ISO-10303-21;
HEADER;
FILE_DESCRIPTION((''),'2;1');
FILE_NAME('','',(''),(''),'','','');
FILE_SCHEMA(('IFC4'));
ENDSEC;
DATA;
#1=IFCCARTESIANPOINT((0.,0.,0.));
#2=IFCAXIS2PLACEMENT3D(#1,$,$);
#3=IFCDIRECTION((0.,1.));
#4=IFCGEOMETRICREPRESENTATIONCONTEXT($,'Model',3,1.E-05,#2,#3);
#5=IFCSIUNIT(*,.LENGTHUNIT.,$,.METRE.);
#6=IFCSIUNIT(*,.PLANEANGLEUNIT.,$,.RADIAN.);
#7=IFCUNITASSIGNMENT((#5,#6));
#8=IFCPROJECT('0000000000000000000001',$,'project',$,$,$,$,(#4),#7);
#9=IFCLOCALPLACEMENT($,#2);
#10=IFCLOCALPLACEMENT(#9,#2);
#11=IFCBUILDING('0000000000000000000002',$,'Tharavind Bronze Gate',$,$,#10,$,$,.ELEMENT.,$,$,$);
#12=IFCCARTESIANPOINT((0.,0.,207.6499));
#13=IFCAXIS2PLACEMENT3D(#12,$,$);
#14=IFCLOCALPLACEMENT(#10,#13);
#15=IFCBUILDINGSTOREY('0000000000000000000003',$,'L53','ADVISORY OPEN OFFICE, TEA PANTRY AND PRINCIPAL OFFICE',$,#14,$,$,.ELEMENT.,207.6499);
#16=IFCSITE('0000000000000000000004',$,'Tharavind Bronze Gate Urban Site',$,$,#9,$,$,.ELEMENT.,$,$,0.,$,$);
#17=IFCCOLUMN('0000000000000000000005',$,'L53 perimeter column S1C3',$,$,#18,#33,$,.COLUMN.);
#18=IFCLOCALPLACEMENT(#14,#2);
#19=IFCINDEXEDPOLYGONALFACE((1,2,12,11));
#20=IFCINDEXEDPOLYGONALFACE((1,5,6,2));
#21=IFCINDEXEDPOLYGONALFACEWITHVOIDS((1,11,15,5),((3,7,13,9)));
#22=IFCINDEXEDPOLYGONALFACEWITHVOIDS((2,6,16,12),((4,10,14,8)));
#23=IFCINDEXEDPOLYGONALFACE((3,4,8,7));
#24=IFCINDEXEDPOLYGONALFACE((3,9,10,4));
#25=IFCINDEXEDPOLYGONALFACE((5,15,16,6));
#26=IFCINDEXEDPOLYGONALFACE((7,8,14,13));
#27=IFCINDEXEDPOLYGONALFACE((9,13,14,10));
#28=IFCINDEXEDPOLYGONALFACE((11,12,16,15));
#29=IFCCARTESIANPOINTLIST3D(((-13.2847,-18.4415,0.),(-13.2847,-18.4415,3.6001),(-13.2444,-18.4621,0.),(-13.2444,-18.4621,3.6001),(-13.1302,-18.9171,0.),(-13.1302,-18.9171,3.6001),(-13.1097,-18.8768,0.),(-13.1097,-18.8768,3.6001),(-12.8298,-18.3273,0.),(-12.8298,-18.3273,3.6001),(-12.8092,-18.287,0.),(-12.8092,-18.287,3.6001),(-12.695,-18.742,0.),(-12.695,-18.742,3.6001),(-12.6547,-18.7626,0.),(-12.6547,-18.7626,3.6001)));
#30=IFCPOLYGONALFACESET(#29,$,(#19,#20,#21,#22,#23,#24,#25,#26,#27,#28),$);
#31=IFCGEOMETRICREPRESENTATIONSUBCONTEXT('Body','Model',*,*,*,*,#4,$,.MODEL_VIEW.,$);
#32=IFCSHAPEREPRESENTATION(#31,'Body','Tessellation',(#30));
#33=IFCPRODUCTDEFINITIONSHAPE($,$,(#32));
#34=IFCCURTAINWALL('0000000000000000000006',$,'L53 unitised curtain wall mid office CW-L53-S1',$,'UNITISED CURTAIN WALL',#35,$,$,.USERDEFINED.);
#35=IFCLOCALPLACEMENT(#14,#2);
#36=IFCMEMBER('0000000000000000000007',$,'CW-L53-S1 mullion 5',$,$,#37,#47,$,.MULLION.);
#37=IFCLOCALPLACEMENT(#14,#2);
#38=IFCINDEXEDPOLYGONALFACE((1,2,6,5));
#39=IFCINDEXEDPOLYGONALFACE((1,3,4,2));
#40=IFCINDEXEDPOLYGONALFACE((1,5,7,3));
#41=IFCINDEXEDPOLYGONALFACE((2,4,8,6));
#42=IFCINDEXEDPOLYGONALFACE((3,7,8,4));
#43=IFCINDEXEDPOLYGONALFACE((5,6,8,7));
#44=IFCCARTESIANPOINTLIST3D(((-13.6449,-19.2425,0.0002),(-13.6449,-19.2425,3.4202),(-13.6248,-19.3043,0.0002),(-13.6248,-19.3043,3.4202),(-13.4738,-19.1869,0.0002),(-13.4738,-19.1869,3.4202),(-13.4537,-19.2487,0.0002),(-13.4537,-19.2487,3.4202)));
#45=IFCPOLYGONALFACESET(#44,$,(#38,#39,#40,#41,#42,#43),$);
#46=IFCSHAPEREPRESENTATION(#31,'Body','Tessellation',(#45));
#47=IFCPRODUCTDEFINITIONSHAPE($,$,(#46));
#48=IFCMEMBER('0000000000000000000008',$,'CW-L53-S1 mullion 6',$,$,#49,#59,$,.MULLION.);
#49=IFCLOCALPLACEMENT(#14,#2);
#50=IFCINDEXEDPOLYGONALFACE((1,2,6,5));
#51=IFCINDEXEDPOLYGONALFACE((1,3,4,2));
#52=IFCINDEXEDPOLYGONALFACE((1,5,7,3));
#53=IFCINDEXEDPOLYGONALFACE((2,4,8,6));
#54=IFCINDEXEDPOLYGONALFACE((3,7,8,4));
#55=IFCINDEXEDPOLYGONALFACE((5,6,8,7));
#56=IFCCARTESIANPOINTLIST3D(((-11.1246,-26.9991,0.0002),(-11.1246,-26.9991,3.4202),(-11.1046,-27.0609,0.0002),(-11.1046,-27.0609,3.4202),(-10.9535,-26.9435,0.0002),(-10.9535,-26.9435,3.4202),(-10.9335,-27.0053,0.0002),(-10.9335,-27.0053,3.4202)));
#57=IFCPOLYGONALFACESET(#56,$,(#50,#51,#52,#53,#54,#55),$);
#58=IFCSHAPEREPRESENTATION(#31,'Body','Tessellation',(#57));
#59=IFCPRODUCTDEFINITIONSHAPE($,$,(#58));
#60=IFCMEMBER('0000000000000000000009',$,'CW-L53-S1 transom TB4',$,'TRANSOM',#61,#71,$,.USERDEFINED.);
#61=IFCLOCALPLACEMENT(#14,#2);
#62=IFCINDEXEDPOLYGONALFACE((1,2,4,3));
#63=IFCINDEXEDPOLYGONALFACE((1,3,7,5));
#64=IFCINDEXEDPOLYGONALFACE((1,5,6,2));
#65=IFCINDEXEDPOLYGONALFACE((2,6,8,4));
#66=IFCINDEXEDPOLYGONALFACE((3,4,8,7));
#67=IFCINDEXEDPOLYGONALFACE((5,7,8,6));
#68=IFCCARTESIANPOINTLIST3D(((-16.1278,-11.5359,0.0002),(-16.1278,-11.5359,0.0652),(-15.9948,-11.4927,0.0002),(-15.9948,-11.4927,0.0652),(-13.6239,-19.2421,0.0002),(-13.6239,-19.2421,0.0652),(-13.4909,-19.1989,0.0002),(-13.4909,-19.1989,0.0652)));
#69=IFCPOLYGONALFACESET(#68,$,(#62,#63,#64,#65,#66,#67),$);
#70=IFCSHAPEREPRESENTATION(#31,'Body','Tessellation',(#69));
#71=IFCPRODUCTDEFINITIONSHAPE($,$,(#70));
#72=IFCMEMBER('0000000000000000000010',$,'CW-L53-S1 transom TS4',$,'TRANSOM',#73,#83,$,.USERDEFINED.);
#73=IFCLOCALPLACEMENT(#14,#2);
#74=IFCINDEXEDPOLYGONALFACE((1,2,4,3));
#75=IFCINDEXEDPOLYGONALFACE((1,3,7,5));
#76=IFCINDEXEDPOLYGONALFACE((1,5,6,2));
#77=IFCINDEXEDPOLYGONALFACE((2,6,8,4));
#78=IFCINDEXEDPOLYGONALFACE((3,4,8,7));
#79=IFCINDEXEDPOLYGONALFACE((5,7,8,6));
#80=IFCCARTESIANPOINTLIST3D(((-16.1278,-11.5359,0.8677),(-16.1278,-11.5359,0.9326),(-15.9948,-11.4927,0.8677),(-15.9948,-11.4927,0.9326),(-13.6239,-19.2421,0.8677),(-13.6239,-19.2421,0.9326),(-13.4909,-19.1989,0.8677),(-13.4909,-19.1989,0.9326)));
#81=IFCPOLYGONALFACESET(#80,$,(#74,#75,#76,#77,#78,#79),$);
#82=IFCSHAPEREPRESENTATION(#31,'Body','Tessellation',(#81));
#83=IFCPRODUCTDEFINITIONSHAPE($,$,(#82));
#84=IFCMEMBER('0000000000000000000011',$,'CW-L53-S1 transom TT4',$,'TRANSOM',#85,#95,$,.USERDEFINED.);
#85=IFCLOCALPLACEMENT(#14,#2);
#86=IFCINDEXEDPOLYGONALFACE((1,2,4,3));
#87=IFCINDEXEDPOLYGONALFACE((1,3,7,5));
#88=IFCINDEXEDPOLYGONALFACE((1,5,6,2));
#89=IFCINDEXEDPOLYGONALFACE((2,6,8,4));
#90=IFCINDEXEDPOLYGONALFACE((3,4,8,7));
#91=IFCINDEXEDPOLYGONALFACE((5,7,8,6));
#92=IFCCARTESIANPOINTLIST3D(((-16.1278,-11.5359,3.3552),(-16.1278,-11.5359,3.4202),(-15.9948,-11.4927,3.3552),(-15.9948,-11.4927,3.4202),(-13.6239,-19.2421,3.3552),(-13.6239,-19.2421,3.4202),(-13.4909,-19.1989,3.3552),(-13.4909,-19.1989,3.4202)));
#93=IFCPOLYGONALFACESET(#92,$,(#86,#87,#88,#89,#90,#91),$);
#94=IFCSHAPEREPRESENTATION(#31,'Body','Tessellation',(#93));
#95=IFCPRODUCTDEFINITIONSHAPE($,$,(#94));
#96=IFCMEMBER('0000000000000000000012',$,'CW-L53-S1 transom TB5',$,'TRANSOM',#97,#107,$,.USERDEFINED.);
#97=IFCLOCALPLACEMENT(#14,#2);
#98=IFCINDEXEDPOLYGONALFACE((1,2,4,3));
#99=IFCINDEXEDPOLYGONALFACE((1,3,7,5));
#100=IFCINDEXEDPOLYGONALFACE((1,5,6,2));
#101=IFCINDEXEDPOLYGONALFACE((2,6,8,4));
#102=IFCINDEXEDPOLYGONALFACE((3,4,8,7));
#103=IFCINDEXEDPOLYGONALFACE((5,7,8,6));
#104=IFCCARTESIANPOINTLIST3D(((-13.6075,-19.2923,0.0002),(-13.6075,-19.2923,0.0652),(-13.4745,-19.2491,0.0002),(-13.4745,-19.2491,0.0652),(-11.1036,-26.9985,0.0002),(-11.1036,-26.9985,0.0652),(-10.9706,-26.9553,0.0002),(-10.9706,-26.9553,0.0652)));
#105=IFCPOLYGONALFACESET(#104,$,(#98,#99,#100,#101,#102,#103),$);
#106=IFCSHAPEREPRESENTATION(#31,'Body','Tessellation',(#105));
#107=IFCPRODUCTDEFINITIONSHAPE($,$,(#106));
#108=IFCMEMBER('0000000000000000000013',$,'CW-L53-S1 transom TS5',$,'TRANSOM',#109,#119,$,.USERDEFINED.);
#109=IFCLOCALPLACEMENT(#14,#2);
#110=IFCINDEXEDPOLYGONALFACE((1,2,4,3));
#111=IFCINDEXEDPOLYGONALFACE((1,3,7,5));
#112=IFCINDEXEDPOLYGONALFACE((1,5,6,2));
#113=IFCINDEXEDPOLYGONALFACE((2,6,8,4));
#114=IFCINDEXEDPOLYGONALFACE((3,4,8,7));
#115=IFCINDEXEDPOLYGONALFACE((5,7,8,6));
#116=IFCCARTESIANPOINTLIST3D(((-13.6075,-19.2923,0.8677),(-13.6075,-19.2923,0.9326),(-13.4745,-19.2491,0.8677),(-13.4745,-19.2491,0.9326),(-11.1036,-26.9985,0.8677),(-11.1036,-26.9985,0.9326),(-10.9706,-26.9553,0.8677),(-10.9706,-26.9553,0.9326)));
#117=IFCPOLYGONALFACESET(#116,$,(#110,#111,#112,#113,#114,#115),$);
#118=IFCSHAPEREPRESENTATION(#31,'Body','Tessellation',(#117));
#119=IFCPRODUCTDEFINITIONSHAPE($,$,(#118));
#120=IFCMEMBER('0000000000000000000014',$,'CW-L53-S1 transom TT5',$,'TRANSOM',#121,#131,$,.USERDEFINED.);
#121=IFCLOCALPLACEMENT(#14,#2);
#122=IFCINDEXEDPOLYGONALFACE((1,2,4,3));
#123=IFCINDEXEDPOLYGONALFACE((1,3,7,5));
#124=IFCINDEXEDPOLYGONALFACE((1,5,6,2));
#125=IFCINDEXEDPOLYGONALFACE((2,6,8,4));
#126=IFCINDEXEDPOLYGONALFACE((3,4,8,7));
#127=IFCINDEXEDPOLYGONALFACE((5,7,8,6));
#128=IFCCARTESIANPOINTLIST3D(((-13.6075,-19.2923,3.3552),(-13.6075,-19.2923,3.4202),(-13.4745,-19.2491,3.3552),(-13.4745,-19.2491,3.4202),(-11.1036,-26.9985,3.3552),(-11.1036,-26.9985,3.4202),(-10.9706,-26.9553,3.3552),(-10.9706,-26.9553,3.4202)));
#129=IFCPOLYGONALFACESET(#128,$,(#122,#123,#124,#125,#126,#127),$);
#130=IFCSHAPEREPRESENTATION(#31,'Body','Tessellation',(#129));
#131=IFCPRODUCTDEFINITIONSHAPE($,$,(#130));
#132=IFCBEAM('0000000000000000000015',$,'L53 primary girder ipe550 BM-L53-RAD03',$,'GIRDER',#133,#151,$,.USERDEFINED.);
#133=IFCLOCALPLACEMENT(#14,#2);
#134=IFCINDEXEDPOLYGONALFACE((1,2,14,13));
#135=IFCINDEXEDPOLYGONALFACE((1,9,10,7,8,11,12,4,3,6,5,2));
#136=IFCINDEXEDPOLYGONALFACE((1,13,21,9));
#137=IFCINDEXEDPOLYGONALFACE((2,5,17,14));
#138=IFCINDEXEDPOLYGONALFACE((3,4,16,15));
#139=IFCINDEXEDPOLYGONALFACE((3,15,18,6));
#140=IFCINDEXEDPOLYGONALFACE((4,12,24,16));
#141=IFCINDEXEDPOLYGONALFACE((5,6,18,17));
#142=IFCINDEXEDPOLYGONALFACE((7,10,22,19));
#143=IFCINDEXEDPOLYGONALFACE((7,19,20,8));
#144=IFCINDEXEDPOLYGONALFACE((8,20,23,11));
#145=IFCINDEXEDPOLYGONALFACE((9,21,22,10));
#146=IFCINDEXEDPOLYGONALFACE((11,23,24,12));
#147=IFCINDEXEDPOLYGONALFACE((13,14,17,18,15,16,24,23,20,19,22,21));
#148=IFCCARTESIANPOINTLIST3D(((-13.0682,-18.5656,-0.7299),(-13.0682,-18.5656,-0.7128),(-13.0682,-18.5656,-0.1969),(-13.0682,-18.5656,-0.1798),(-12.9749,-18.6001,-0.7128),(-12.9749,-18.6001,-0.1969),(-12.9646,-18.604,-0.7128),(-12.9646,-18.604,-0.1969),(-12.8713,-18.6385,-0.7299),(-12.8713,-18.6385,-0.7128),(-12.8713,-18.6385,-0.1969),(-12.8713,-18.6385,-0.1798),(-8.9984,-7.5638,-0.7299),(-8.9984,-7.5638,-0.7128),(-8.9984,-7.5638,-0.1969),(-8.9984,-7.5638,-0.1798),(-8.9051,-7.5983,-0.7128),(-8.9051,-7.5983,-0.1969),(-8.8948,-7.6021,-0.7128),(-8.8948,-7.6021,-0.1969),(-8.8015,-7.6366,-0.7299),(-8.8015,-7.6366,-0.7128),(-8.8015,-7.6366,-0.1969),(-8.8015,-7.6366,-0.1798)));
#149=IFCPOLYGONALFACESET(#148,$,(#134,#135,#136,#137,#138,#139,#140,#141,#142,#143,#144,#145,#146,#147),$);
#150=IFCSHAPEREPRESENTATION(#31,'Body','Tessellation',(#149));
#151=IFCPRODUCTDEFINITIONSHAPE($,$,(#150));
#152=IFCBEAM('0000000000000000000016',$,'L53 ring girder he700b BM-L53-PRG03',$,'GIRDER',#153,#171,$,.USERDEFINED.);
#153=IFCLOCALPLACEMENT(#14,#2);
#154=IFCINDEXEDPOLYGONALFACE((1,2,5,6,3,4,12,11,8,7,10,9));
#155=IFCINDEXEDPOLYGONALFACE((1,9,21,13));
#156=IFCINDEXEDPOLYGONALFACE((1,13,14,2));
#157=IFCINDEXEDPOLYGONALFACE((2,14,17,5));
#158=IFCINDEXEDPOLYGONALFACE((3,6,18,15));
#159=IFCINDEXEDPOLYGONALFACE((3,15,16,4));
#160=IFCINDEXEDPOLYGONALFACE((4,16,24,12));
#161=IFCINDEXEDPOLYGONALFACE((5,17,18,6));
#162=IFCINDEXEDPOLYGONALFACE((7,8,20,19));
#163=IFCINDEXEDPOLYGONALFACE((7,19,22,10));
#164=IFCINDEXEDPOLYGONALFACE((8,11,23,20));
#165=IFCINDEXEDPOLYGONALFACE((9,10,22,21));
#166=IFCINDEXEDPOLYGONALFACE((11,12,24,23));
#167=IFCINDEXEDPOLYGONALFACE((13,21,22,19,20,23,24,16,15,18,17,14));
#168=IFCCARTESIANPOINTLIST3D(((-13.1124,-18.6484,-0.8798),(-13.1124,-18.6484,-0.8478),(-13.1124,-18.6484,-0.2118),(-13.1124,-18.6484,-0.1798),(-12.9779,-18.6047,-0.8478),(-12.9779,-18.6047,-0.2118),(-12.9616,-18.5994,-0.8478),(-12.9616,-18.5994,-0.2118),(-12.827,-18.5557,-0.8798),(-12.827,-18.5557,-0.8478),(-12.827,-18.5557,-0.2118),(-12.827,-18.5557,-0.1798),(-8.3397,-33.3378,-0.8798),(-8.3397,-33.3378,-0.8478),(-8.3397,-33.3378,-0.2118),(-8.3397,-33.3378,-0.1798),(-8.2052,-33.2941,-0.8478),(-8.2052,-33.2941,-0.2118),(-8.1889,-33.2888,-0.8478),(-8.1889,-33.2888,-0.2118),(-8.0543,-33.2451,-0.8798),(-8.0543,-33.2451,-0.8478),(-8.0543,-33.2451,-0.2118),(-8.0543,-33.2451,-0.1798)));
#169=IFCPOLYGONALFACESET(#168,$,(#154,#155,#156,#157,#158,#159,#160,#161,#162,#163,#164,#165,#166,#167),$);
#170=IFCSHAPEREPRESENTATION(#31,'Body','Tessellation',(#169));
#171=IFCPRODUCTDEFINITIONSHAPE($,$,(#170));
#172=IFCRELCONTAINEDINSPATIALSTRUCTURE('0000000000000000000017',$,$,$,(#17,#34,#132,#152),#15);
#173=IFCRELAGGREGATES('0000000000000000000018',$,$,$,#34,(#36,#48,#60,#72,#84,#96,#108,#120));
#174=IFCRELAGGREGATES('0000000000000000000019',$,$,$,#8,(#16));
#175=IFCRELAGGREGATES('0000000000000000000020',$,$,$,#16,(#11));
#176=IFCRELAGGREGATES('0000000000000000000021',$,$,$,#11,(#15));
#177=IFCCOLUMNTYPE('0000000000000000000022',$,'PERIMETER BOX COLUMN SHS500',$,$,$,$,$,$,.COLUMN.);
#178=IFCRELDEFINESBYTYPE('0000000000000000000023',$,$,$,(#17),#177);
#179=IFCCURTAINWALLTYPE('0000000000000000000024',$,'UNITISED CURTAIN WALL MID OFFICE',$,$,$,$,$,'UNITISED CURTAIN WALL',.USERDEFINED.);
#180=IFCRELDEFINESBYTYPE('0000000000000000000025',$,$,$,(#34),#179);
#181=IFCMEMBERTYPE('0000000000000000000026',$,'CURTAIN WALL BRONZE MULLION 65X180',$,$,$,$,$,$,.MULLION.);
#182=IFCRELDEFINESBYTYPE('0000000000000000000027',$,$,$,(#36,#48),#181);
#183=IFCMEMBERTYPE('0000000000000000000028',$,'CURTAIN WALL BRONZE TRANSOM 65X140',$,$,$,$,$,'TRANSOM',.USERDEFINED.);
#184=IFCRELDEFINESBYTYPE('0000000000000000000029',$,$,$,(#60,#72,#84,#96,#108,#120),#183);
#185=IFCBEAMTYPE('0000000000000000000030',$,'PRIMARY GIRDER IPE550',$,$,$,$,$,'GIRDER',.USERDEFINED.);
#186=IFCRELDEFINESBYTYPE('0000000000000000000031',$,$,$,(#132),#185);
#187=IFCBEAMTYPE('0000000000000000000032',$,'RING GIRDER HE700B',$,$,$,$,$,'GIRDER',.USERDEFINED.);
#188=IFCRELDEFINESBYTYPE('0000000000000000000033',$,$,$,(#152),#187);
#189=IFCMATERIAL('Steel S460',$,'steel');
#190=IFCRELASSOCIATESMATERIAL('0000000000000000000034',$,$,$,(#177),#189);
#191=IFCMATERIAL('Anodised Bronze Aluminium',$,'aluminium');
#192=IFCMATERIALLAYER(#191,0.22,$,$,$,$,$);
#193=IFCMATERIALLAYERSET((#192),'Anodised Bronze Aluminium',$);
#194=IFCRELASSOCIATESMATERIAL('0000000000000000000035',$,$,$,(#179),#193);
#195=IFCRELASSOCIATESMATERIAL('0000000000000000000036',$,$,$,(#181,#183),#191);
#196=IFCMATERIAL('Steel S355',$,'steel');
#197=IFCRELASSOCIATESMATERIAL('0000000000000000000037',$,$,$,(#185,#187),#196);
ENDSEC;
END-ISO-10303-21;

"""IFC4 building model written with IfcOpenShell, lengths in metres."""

from ifc_helpers import new_model, si_unit, direction, frame, origin, origin_2d, place, context, subcontext, project, spatial, rectangle, hollow_rectangle, i_section, extrude, material, layer, layer_set, material_profile, profile_set, type_object, element, aggregate, save


model = new_model("IFC4")

# Units and contexts
model_context = context("Model", 3, precision=1e-05, world=origin(), true_north=direction((0.0, 1.0)))
body_context = subcontext(model_context, "Body", "Model", "MODEL_VIEW")
ifc_project = project(units=[si_unit("LENGTHUNIT", "METRE"), si_unit("PLANEANGLEUNIT", "RADIAN")], contexts=[model_context])

# Site, building, storey
site_placement = place(None, origin())
site = spatial("IfcSite", under=ifc_project, at=site_placement, Name="Tharavind Bronze Gate Urban Site", CompositionType="ELEMENT", RefElevation=0.0)
building_placement = place(site_placement, origin())
building = spatial("IfcBuilding", under=site, at=building_placement, Name="Tharavind Bronze Gate", CompositionType="ELEMENT")
storey_placement = place(building_placement, frame((0.0, 0.0, 207.6499)))
storey = spatial("IfcBuildingStorey", under=building, at=storey_placement, Name="L53", Description="ADVISORY OPEN OFFICE, TEA PANTRY AND PRINCIPAL OFFICE", CompositionType="ELEMENT", Elevation=207.6499)

# Column
ifc_material_1 = material(Name="Steel S460", Category="steel")
ifc_material_profile_1 = material_profile(ifc_material_1, hollow_rectangle(XDim=0.5, YDim=0.5, WallThickness=0.032, at=origin_2d()), Name="SHS500X32")
ifc_profile_set_1 = profile_set([ifc_material_profile_1], Name="Steel S460")
column_type = type_object("IfcColumnType", Name="PERIMETER BOX COLUMN SHS500", PredefinedType="COLUMN", material=ifc_profile_set_1)
column_placement = place(storey_placement, frame((-12.9697, -18.6021, 0.0), z_axis=(0.0, 0.0, 1.0), x_axis=(-0.309017, 0.951057, 0.0)))
element("IfcColumn", 1, at=column_placement, inside=storey, type_object=column_type, Name="L53 perimeter column S1C3", PredefinedType="COLUMN", context=body_context, shape_type="SweptSolid", body=[
    extrude(hollow_rectangle(XDim=0.5, YDim=0.5, WallThickness=0.032, at=origin_2d()), origin(), (0.0, 0.0, 1.0), 3.6001),
])

# Curtain wall, members
ifc_material_2 = material(Name="Anodised Bronze Aluminium", Category="aluminium")
ifc_layer_1 = layer(ifc_material_2, 0.22)
ifc_layer_set_1 = layer_set([ifc_layer_1], Name="Anodised Bronze Aluminium")
curtain_wall_type = type_object("IfcCurtainWallType", Name="UNITISED CURTAIN WALL MID OFFICE", ElementType="UNITISED CURTAIN WALL", PredefinedType="USERDEFINED", material=ifc_layer_set_1)
curtain_wall_placement = place(storey_placement, origin())
curtain_wall = element("IfcCurtainWall", 2, at=curtain_wall_placement, inside=storey, type_object=curtain_wall_type, Name="L53 unitised curtain wall mid office CW-L53-S1", ObjectType="UNITISED CURTAIN WALL", PredefinedType="USERDEFINED")
member_type_1 = type_object("IfcMemberType", Name="CURTAIN WALL BRONZE MULLION 65X180", PredefinedType="MULLION", material=ifc_material_2)
member_1_placement = place(storey_placement, frame((-13.5493, -19.2456, 0.0002), z_axis=(0.0, 0.0, 1.0), x_axis=(0.309017, -0.951057, 0.0)))
member_1 = element("IfcMember", 3, at=member_1_placement, type_object=member_type_1, Name="CW-L53-S1 mullion 5", PredefinedType="MULLION", context=body_context, shape_type="SweptSolid", body=[
    extrude(rectangle(XDim=0.0649, YDim=0.1799, at=origin_2d()), origin(), (0.0, 0.0, 1.0), 3.4199),
])
member_2_placement = place(storey_placement, frame((-11.0291, -27.0022, 0.0002), z_axis=(0.0, 0.0, 1.0), x_axis=(0.309017, -0.951057, 0.0)))
member_2 = element("IfcMember", 4, at=member_2_placement, type_object=member_type_1, Name="CW-L53-S1 mullion 6", PredefinedType="MULLION", context=body_context, shape_type="SweptSolid", body=[
    extrude(rectangle(XDim=0.0649, YDim=0.1799, at=origin_2d()), origin(), (0.0, 0.0, 1.0), 3.4199),
])
member_type_2 = type_object("IfcMemberType", Name="CURTAIN WALL BRONZE TRANSOM 65X140", ElementType="TRANSOM", PredefinedType="USERDEFINED", material=ifc_material_2)
member_3_placement = place(storey_placement, frame((-14.8093, -15.3674, 0.0002), z_axis=(0.0, 0.0, 1.0), x_axis=(0.309017, -0.951057, 0.0)))
member_3 = element("IfcMember", 5, at=member_3_placement, type_object=member_type_2, Name="CW-L53-S1 transom TB4", ObjectType="TRANSOM", PredefinedType="USERDEFINED", context=body_context, shape_type="SweptSolid", body=[
    extrude(rectangle(XDim=8.1028, YDim=0.1399, at=origin_2d()), origin(), (0.0, 0.0, 1.0), 0.0649),
])
member_4_placement = place(storey_placement, frame((-14.8093, -15.3674, 0.8677), z_axis=(0.0, 0.0, 1.0), x_axis=(0.309017, -0.951057, 0.0)))
member_4 = element("IfcMember", 6, at=member_4_placement, type_object=member_type_2, Name="CW-L53-S1 transom TS4", ObjectType="TRANSOM", PredefinedType="USERDEFINED", context=body_context, shape_type="SweptSolid", body=[
    extrude(rectangle(XDim=8.1028, YDim=0.1399, at=origin_2d()), origin(), (0.0, 0.0, 1.0), 0.0649),
])
member_5_placement = place(storey_placement, frame((-14.8093, -15.3674, 3.3552), z_axis=(0.0, 0.0, 1.0), x_axis=(0.309017, -0.951057, 0.0)))
member_5 = element("IfcMember", 7, at=member_5_placement, type_object=member_type_2, Name="CW-L53-S1 transom TT4", ObjectType="TRANSOM", PredefinedType="USERDEFINED", context=body_context, shape_type="SweptSolid", body=[
    extrude(rectangle(XDim=8.1028, YDim=0.1399, at=origin_2d()), origin(), (0.0, 0.0, 1.0), 0.0649),
])
member_6_placement = place(storey_placement, frame((-12.2891, -23.1238, 0.0002), z_axis=(0.0, 0.0, 1.0), x_axis=(0.309017, -0.951057, 0.0)))
member_6 = element("IfcMember", 8, at=member_6_placement, type_object=member_type_2, Name="CW-L53-S1 transom TB5", ObjectType="TRANSOM", PredefinedType="USERDEFINED", context=body_context, shape_type="SweptSolid", body=[
    extrude(rectangle(XDim=8.1028, YDim=0.1399, at=origin_2d()), origin(), (0.0, 0.0, 1.0), 0.0649),
])
member_7_placement = place(storey_placement, frame((-12.2891, -23.1238, 0.8677), z_axis=(0.0, 0.0, 1.0), x_axis=(0.309017, -0.951057, 0.0)))
member_7 = element("IfcMember", 9, at=member_7_placement, type_object=member_type_2, Name="CW-L53-S1 transom TS5", ObjectType="TRANSOM", PredefinedType="USERDEFINED", context=body_context, shape_type="SweptSolid", body=[
    extrude(rectangle(XDim=8.1028, YDim=0.1399, at=origin_2d()), origin(), (0.0, 0.0, 1.0), 0.0649),
])
member_8_placement = place(storey_placement, frame((-12.2891, -23.1238, 3.3552), z_axis=(0.0, 0.0, 1.0), x_axis=(0.309017, -0.951057, 0.0)))
member_8 = element("IfcMember", 10, at=member_8_placement, type_object=member_type_2, Name="CW-L53-S1 transom TT5", ObjectType="TRANSOM", PredefinedType="USERDEFINED", context=body_context, shape_type="SweptSolid", body=[
    extrude(rectangle(XDim=8.1028, YDim=0.1399, at=origin_2d()), origin(), (0.0, 0.0, 1.0), 0.0649),
])

# Beams
ifc_material_3 = material(Name="Steel S355", Category="steel")
ifc_material_profile_2 = material_profile(ifc_material_3, i_section(OverallWidth=0.21, OverallDepth=0.55, WebThickness=0.011, FlangeThickness=0.0171, at=origin_2d()), Name="IPE550")
ifc_profile_set_2 = profile_set([ifc_material_profile_2], Name="Steel S355")
beam_type_1 = type_object("IfcBeamType", Name="PRIMARY GIRDER IPE550", ElementType="GIRDER", PredefinedType="USERDEFINED", material=ifc_profile_set_2)
beam_1_placement = place(storey_placement, frame((-12.9697, -18.6021, -0.4548), z_axis=(0.346942, 0.937887, 0.0), x_axis=(-0.937887, 0.346942, 0.0)))
element("IfcBeam", 11, at=beam_1_placement, inside=storey, type_object=beam_type_1, Name="L53 primary girder ipe550 BM-L53-RAD03", ObjectType="GIRDER", PredefinedType="USERDEFINED", context=body_context, shape_type="SweptSolid", body=[
    extrude(i_section(OverallWidth=0.21, OverallDepth=0.55, WebThickness=0.011, FlangeThickness=0.0171, at=origin_2d()), origin(), (0.0, 0.0, 1.0), 11.7305),
])
ifc_material_profile_3 = material_profile(ifc_material_3, i_section(OverallWidth=0.3, OverallDepth=0.7, WebThickness=0.0171, FlangeThickness=0.032, at=origin_2d()), Name="HE700B")
ifc_profile_set_3 = profile_set([ifc_material_profile_3], Name="Steel S355")
beam_type_2 = type_object("IfcBeamType", Name="RING GIRDER HE700B", ElementType="GIRDER", PredefinedType="USERDEFINED", material=ifc_profile_set_3)
beam_2_placement = place(storey_placement, frame((-12.9697, -18.6021, -0.5298), z_axis=(0.309006, -0.95106, 0.0), x_axis=(0.95106, 0.309006, 0.0)))
element("IfcBeam", 12, at=beam_2_placement, inside=storey, type_object=beam_type_2, Name="L53 ring girder he700b BM-L53-PRG03", ObjectType="GIRDER", PredefinedType="USERDEFINED", context=body_context, shape_type="SweptSolid", body=[
    extrude(i_section(OverallWidth=0.3, OverallDepth=0.7, WebThickness=0.0171, FlangeThickness=0.032, at=origin_2d()), origin(), (0.0, 0.0, 1.0), 15.4453),
])

aggregate(curtain_wall, [member_1, member_2, member_3, member_4, member_5, member_6, member_7, member_8])

save(model, "model.ifc")
